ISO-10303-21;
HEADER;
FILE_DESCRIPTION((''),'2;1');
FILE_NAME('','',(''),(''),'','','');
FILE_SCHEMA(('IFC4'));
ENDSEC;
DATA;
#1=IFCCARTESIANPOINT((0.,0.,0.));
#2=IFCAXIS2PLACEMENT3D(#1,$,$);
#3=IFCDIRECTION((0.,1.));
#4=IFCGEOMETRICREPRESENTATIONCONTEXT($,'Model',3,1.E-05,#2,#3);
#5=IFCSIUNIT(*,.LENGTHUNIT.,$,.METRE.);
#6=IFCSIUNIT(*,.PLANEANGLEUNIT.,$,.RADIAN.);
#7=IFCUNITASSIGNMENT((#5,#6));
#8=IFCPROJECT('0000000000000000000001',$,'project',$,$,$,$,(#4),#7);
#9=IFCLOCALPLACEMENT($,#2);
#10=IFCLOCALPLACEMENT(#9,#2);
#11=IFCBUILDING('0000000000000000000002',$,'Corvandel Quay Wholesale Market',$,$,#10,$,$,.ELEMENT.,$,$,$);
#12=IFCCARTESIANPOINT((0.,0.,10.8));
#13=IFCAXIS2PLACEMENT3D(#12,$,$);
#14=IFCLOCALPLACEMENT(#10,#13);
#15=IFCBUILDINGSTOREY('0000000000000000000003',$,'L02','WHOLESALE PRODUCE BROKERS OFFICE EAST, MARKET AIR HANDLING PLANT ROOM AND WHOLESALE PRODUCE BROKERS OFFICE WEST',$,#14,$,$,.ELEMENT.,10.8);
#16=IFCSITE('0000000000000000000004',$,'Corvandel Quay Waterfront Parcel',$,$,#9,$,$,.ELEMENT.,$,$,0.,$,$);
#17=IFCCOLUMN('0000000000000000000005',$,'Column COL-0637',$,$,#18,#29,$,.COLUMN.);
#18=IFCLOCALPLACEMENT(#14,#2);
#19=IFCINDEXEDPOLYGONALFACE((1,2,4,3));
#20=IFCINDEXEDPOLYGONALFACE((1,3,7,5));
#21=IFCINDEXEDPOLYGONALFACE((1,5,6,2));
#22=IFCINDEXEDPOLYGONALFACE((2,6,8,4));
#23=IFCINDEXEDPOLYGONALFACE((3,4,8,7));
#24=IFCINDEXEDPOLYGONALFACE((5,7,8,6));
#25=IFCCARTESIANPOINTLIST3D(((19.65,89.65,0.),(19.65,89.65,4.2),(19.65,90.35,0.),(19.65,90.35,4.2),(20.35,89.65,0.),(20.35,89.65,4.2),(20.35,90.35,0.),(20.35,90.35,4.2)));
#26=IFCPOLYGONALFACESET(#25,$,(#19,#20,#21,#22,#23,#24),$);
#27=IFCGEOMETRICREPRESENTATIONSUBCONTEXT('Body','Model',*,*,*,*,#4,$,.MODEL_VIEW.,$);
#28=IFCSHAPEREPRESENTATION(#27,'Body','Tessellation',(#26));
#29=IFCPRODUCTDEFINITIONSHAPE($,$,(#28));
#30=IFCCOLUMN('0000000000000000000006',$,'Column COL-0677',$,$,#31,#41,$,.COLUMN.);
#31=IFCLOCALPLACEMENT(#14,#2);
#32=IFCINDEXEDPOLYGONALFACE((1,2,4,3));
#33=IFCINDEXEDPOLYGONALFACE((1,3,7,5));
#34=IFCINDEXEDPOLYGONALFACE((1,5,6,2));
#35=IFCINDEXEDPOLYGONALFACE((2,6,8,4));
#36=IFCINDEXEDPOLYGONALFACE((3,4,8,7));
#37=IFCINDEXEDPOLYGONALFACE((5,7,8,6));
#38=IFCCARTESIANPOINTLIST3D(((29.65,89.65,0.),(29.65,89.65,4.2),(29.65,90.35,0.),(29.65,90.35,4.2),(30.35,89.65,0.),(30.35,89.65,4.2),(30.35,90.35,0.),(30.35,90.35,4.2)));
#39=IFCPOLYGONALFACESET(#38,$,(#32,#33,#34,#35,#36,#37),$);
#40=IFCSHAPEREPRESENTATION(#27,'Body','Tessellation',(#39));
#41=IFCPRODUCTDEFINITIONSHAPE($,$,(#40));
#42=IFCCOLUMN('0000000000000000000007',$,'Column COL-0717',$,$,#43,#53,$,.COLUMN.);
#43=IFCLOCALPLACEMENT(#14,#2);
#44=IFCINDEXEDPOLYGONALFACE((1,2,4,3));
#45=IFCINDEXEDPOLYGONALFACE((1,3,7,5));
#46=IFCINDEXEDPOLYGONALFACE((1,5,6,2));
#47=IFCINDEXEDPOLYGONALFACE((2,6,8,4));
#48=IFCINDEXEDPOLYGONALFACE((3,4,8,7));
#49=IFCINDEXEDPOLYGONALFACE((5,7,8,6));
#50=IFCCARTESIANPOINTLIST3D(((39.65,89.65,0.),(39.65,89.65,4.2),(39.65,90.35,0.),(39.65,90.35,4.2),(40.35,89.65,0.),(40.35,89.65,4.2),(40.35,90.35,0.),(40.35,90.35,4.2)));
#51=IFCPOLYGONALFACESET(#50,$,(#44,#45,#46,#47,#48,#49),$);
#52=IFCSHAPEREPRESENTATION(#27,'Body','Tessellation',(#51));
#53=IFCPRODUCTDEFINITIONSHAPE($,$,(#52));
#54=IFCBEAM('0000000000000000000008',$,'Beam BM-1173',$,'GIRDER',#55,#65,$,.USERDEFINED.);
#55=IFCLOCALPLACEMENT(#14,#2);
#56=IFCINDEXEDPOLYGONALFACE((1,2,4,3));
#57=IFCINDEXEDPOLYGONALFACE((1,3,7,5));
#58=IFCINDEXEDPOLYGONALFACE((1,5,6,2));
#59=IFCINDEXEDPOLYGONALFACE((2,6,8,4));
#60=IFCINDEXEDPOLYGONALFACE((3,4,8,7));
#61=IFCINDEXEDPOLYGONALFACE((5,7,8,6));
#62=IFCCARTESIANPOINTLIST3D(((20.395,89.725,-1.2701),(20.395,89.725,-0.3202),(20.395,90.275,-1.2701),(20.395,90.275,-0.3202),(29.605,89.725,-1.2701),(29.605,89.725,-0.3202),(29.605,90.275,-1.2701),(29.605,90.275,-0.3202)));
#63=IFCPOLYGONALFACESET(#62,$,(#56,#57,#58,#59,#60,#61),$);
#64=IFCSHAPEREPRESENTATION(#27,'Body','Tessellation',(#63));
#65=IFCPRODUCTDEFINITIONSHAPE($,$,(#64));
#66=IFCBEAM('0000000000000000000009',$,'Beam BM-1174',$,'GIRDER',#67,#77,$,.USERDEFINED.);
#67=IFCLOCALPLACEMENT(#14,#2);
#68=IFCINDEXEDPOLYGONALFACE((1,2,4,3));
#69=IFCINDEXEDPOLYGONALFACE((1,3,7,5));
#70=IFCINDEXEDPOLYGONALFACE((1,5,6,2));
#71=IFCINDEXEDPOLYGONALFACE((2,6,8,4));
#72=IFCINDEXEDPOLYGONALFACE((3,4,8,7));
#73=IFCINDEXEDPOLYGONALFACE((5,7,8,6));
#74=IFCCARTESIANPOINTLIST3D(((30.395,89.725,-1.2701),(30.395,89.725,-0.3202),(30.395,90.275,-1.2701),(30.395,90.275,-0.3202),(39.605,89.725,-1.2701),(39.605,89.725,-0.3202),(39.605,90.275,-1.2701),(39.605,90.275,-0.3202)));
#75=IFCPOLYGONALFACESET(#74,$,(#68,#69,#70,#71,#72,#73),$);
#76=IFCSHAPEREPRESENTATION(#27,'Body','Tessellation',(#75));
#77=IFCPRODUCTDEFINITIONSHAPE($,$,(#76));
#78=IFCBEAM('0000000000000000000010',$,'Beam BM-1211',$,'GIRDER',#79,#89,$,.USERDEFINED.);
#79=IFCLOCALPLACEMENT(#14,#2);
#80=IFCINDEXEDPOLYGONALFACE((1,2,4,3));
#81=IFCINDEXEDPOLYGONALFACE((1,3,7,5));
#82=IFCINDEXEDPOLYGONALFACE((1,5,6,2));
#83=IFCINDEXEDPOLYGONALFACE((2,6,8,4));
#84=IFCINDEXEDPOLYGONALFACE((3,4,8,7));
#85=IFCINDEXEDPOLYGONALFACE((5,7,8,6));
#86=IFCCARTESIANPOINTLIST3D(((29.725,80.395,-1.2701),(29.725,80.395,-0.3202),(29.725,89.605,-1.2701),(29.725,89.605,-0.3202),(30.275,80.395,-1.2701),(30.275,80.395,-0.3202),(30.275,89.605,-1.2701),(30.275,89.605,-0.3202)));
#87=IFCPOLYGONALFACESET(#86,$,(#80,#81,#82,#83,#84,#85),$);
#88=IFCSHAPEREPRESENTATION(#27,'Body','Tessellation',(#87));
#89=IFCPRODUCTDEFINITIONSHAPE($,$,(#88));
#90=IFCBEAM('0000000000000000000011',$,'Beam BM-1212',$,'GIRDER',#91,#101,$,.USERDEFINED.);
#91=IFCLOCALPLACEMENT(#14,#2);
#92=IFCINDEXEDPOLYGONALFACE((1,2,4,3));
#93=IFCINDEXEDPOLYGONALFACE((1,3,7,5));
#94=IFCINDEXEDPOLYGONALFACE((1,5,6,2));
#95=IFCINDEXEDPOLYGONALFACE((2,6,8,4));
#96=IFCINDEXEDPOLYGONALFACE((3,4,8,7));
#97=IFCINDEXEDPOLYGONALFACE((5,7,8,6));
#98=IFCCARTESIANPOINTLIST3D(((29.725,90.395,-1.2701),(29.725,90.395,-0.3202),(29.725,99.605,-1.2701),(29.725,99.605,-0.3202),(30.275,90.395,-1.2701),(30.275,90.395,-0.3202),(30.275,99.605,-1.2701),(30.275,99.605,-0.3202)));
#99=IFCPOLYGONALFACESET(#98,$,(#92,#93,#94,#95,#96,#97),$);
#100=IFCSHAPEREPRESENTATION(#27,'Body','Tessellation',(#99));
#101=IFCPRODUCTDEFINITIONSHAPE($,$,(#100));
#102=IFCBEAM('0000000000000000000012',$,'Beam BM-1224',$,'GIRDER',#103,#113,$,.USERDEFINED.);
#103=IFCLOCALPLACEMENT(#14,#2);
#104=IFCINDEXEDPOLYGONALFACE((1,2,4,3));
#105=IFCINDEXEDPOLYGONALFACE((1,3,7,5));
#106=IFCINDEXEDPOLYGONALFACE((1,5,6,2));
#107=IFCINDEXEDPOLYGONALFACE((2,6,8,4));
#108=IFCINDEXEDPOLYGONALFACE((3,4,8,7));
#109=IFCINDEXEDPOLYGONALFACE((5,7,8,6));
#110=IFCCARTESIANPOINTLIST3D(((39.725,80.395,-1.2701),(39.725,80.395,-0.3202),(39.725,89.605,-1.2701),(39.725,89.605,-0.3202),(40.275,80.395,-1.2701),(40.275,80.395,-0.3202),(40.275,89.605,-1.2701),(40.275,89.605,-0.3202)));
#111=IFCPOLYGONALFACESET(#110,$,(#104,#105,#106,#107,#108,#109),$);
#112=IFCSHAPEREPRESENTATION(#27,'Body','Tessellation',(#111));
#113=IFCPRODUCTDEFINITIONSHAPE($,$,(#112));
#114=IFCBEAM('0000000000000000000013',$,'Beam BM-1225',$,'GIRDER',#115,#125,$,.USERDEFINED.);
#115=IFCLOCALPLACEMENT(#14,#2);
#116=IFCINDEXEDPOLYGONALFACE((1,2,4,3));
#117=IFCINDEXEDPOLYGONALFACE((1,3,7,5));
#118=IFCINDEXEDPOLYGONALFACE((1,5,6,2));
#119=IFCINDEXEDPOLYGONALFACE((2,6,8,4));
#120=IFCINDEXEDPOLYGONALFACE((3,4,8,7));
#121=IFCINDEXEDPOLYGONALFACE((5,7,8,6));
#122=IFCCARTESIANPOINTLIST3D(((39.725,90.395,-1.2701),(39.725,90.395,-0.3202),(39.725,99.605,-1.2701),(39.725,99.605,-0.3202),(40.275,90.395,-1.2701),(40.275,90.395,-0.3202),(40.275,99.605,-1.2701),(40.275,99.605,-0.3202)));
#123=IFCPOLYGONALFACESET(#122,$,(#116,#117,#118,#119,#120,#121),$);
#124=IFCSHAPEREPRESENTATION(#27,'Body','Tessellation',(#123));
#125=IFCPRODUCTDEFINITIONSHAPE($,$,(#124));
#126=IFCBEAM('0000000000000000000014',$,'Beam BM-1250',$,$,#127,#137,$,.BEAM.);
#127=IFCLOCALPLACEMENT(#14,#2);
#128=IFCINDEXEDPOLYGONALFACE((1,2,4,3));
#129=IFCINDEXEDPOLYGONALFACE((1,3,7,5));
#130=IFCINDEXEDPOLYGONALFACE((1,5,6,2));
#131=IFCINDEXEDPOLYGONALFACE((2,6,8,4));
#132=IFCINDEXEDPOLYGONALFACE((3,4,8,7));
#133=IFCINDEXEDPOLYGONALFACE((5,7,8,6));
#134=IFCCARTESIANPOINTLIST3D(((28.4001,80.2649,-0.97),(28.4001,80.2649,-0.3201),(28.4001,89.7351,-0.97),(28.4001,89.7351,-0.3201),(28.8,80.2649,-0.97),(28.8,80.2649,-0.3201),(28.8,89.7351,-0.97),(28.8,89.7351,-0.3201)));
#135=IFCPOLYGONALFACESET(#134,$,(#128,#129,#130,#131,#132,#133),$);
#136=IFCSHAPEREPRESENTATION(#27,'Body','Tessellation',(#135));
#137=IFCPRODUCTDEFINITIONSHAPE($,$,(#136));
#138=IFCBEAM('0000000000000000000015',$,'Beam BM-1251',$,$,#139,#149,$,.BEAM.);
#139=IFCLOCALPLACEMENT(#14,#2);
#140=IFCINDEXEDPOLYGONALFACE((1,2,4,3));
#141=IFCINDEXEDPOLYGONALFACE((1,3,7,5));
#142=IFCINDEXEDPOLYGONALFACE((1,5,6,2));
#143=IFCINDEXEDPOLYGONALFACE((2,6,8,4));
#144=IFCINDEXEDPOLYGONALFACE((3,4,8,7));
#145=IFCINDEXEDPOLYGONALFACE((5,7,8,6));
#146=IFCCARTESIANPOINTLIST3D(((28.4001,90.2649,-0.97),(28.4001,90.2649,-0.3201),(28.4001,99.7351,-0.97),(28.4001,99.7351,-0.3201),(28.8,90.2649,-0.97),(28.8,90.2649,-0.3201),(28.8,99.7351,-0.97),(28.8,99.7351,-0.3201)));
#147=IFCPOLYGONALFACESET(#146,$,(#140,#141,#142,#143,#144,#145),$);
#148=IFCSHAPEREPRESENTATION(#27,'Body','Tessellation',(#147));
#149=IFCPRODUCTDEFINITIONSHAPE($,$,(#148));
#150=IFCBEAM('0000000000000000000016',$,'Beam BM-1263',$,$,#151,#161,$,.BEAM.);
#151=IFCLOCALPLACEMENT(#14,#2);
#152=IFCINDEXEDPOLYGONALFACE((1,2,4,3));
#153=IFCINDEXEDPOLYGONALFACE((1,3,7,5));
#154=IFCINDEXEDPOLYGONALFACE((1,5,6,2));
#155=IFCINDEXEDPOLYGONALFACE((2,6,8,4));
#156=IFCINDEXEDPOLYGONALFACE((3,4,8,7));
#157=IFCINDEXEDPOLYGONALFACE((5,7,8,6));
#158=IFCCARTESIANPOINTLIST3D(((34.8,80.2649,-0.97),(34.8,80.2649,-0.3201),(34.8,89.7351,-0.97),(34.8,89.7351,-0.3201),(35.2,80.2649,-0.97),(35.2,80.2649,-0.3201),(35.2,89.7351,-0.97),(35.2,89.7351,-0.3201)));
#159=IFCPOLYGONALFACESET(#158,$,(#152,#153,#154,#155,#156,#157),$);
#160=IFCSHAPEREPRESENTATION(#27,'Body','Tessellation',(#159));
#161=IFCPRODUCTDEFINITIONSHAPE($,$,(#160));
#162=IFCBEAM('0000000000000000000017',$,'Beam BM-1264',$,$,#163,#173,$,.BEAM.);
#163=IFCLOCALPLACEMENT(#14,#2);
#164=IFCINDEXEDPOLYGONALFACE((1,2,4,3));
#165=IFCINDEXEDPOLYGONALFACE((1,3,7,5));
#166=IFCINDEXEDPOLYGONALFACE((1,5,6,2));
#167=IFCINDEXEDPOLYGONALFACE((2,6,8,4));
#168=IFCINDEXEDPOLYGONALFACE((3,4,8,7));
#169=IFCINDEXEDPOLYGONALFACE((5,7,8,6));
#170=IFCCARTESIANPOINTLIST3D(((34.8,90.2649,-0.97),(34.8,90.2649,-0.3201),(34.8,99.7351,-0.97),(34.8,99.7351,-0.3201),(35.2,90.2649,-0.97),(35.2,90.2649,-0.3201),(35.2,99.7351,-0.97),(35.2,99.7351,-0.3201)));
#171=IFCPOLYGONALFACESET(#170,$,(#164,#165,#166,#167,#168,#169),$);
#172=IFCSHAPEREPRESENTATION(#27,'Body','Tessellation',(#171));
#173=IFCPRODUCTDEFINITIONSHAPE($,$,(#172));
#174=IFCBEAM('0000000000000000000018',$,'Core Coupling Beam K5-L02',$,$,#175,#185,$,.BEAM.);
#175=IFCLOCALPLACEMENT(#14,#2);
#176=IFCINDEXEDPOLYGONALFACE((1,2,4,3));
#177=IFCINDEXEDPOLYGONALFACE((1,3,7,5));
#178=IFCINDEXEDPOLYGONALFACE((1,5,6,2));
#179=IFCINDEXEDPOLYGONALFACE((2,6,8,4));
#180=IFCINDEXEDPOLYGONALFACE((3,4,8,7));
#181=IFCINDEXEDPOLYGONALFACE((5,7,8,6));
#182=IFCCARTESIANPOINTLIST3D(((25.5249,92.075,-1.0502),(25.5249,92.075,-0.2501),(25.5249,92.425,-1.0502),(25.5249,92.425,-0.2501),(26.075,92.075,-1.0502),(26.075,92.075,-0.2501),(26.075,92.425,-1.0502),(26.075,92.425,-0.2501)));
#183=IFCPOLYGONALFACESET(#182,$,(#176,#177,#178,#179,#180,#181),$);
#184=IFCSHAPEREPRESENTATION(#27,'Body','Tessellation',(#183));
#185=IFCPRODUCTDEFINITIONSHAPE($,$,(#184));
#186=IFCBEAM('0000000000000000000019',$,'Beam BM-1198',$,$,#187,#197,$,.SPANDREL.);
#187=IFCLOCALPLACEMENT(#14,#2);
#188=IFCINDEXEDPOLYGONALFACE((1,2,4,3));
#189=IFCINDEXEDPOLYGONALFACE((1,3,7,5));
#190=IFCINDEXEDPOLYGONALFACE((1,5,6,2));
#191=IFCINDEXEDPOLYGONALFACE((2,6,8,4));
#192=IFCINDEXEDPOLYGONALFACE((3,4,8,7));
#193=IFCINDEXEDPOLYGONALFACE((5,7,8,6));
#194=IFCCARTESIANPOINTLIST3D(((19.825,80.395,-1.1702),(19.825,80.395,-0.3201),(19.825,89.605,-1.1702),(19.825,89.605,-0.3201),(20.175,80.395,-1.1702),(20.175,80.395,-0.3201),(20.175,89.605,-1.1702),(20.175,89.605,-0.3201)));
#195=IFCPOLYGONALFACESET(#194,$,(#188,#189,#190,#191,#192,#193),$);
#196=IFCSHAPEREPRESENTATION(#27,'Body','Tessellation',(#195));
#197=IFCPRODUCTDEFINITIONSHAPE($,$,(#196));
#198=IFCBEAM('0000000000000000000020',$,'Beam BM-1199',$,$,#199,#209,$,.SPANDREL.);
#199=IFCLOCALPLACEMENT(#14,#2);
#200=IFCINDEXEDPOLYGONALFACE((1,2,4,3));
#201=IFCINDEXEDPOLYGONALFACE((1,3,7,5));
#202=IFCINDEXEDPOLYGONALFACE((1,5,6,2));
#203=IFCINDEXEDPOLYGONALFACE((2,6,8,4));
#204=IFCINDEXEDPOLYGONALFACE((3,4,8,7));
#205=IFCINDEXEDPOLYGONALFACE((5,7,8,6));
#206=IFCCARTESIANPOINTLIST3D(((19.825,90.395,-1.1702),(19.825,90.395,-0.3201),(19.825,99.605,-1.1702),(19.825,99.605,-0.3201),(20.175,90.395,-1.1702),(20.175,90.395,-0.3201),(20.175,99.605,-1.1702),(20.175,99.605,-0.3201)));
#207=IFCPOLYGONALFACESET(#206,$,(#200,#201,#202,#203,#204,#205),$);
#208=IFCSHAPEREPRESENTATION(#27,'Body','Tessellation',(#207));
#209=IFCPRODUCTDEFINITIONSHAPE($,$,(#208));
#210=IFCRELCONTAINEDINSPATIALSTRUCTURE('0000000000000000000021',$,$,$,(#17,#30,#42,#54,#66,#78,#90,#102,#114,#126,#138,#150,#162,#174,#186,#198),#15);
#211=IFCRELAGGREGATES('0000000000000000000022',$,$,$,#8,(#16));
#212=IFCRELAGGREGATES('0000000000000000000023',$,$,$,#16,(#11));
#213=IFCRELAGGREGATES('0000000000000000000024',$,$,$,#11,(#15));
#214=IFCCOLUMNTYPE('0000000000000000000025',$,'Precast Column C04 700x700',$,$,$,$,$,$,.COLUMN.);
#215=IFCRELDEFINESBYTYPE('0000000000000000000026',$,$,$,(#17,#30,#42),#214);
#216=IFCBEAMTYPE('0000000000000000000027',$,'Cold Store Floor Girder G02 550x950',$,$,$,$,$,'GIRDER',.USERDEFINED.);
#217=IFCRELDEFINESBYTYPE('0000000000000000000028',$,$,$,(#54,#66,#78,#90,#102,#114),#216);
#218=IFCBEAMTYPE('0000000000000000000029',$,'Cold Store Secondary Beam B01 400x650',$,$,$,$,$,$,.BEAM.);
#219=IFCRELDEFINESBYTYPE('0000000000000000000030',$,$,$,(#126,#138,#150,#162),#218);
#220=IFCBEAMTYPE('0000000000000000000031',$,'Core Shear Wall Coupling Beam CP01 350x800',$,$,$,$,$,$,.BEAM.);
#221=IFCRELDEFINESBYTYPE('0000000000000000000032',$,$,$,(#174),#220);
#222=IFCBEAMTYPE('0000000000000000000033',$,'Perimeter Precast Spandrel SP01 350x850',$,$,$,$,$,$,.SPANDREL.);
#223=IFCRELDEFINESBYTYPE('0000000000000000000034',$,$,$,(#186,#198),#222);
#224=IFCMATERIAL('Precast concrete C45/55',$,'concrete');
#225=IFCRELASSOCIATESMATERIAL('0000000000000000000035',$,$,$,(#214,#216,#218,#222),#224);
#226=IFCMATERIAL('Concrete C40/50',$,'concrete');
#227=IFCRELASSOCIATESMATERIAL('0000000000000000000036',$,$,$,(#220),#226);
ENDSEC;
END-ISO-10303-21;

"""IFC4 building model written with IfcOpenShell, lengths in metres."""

from ifc_helpers import new_model, si_unit, direction, frame, origin, origin_2d, place, context, subcontext, project, spatial, rectangle, extrude, material, material_profile, profile_set, type_object, element, save


model = new_model("IFC4")

# Units and contexts
model_context = context("Model", 3, precision=1e-05, world=origin(), true_north=direction((0.0, 1.0)))
body_context = subcontext(model_context, "Body", "Model", "MODEL_VIEW")
ifc_project = project(units=[si_unit("LENGTHUNIT", "METRE"), si_unit("PLANEANGLEUNIT", "RADIAN")], contexts=[model_context])

# Site, building, storey
site_placement = place(None, origin())
site = spatial("IfcSite", under=ifc_project, at=site_placement, Name="Corvandel Quay Waterfront Parcel", CompositionType="ELEMENT", RefElevation=0.0)
building_placement = place(site_placement, origin())
building = spatial("IfcBuilding", under=site, at=building_placement, Name="Corvandel Quay Wholesale Market", CompositionType="ELEMENT")
storey_placement = place(building_placement, frame((0.0, 0.0, 10.8)))
storey = spatial("IfcBuildingStorey", under=building, at=storey_placement, Name="L02", Description="WHOLESALE PRODUCE BROKERS OFFICE EAST, MARKET AIR HANDLING PLANT ROOM AND WHOLESALE PRODUCE BROKERS OFFICE WEST", CompositionType="ELEMENT", Elevation=10.8)

# Columns
ifc_material_1 = material(Name="Precast concrete C45/55", Category="concrete")
ifc_material_profile_1 = material_profile(ifc_material_1, rectangle(XDim=0.7, YDim=0.7, at=origin_2d()), Name="PC-COL-700x700")
ifc_profile_set_1 = profile_set([ifc_material_profile_1], Name="Precast concrete C45/55")
column_type = type_object("IfcColumnType", Name="Precast Column C04 700x700", PredefinedType="COLUMN", material=ifc_profile_set_1)
for number, where, z_axis, x_axis, name in (
    (1, (20.0, 90.0, 0.0), (0.0, 0.0, 1.0), (1.0, 0.0, 0.0), "Column COL-0637"),
    (2, (30.0, 90.0, 0.0), (0.0, 0.0, 1.0), (1.0, 0.0, 0.0), "Column COL-0677"),
    (3, (40.0, 90.0, 0.0), (0.0, 0.0, 1.0), (1.0, 0.0, 0.0), "Column COL-0717"),
):
    element("IfcColumn", number, at=place(storey_placement, frame(where, z_axis=z_axis, x_axis=x_axis)), inside=storey, type_object=column_type, Name=name, PredefinedType="COLUMN", context=body_context, shape_type="SweptSolid", body=[
        extrude(rectangle(XDim=0.7, YDim=0.7, at=origin_2d()), origin(), (0.0, 0.0, 1.0), 4.2),
    ])

# Beams
ifc_material_profile_2 = material_profile(ifc_material_1, rectangle(XDim=0.55, YDim=0.95, at=origin_2d()), Name="PC-GIR-550x950")
ifc_profile_set_2 = profile_set([ifc_material_profile_2], Name="Precast concrete C45/55")
beam_type_1 = type_object("IfcBeamType", Name="Cold Store Floor Girder G02 550x950", ElementType="GIRDER", PredefinedType="USERDEFINED", material=ifc_profile_set_2)
for number, where, z_axis, x_axis, name in (
    (4, (20.395, 90.0, -0.7952), (1.0, 0.0, 0.0), (0.0, 1.0, 0.0), "Beam BM-1173"),
    (5, (30.395, 90.0, -0.7952), (1.0, 0.0, 0.0), (0.0, 1.0, 0.0), "Beam BM-1174"),
    (6, (30.0, 80.395, -0.7952), (0.0, 1.0, 0.0), (-1.0, 0.0, 0.0), "Beam BM-1211"),
    (7, (30.0, 90.395, -0.7952), (0.0, 1.0, 0.0), (-1.0, 0.0, 0.0), "Beam BM-1212"),
    (8, (40.0, 80.395, -0.7952), (0.0, 1.0, 0.0), (-1.0, 0.0, 0.0), "Beam BM-1224"),
    (9, (40.0, 90.395, -0.7952), (0.0, 1.0, 0.0), (-1.0, 0.0, 0.0), "Beam BM-1225"),
):
    element("IfcBeam", number, at=place(storey_placement, frame(where, z_axis=z_axis, x_axis=x_axis)), inside=storey, type_object=beam_type_1, Name=name, ObjectType="GIRDER", PredefinedType="USERDEFINED", context=body_context, shape_type="SweptSolid", body=[
        extrude(rectangle(XDim=0.55, YDim=0.95, at=origin_2d()), origin(), (0.0, 0.0, 1.0), 9.21),
    ])
ifc_material_profile_3 = material_profile(ifc_material_1, rectangle(XDim=0.3999, YDim=0.6499, at=origin_2d()), Name="PC-BM-400x650")
ifc_profile_set_3 = profile_set([ifc_material_profile_3], Name="Precast concrete C45/55")
beam_type_2 = type_object("IfcBeamType", Name="Cold Store Secondary Beam B01 400x650", PredefinedType="BEAM", material=ifc_profile_set_3)
for number, where, z_axis, x_axis, name in (
    (10, (28.6001, 80.2649, -0.645), (0.0, 1.0, 0.0), (-1.0, 0.0, 0.0), "Beam BM-1250"),
    (11, (28.6001, 90.2649, -0.645), (0.0, 1.0, 0.0), (-1.0, 0.0, 0.0), "Beam BM-1251"),
    (12, (35.0, 80.2649, -0.645), (0.0, 1.0, 0.0), (-1.0, 0.0, 0.0), "Beam BM-1263"),
    (13, (35.0, 90.2649, -0.645), (0.0, 1.0, 0.0), (-1.0, 0.0, 0.0), "Beam BM-1264"),
):
    element("IfcBeam", number, at=place(storey_placement, frame(where, z_axis=z_axis, x_axis=x_axis)), inside=storey, type_object=beam_type_2, Name=name, PredefinedType="BEAM", context=body_context, shape_type="SweptSolid", body=[
        extrude(rectangle(XDim=0.3999, YDim=0.6499, at=origin_2d()), origin(), (0.0, 0.0, 1.0), 9.4702),
    ])
ifc_material_2 = material(Name="Concrete C40/50", Category="concrete")
ifc_material_profile_4 = material_profile(ifc_material_2, rectangle(XDim=0.3501, YDim=0.8, at=origin_2d()), Name="RC-CPL-350x800")
ifc_profile_set_4 = profile_set([ifc_material_profile_4], Name="Concrete C40/50")
beam_type_3 = type_object("IfcBeamType", Name="Core Shear Wall Coupling Beam CP01 350x800", PredefinedType="BEAM", material=ifc_profile_set_4)
beam_placement = place(storey_placement, frame((25.5249, 92.25, -0.6501), z_axis=(1.0, 0.0, 0.0), x_axis=(0.0, 1.0, 0.0)))
element("IfcBeam", 14, at=beam_placement, inside=storey, type_object=beam_type_3, Name="Core Coupling Beam K5-L02", PredefinedType="BEAM", context=body_context, shape_type="SweptSolid", body=[
    extrude(rectangle(XDim=0.3501, YDim=0.8, at=origin_2d()), origin(), (0.0, 0.0, 1.0), 0.55),
])
ifc_material_profile_5 = material_profile(ifc_material_1, rectangle(XDim=0.3501, YDim=0.8501, at=origin_2d()), Name="PC-SPN-350x850")
ifc_profile_set_5 = profile_set([ifc_material_profile_5], Name="Precast concrete C45/55")
beam_type_4 = type_object("IfcBeamType", Name="Perimeter Precast Spandrel SP01 350x850", PredefinedType="SPANDREL", material=ifc_profile_set_5)
for number, where, z_axis, x_axis, name in (
    (15, (20.0, 80.395, -0.7451), (0.0, 1.0, 0.0), (-1.0, 0.0, 0.0), "Beam BM-1198"),
    (16, (20.0, 90.395, -0.7451), (0.0, 1.0, 0.0), (-1.0, 0.0, 0.0), "Beam BM-1199"),
):
    element("IfcBeam", number, at=place(storey_placement, frame(where, z_axis=z_axis, x_axis=x_axis)), inside=storey, type_object=beam_type_4, Name=name, PredefinedType="SPANDREL", context=body_context, shape_type="SweptSolid", body=[
        extrude(rectangle(XDim=0.3501, YDim=0.8501, at=origin_2d()), origin(), (0.0, 0.0, 1.0), 9.21),
    ])

save(model, "model.ifc")
